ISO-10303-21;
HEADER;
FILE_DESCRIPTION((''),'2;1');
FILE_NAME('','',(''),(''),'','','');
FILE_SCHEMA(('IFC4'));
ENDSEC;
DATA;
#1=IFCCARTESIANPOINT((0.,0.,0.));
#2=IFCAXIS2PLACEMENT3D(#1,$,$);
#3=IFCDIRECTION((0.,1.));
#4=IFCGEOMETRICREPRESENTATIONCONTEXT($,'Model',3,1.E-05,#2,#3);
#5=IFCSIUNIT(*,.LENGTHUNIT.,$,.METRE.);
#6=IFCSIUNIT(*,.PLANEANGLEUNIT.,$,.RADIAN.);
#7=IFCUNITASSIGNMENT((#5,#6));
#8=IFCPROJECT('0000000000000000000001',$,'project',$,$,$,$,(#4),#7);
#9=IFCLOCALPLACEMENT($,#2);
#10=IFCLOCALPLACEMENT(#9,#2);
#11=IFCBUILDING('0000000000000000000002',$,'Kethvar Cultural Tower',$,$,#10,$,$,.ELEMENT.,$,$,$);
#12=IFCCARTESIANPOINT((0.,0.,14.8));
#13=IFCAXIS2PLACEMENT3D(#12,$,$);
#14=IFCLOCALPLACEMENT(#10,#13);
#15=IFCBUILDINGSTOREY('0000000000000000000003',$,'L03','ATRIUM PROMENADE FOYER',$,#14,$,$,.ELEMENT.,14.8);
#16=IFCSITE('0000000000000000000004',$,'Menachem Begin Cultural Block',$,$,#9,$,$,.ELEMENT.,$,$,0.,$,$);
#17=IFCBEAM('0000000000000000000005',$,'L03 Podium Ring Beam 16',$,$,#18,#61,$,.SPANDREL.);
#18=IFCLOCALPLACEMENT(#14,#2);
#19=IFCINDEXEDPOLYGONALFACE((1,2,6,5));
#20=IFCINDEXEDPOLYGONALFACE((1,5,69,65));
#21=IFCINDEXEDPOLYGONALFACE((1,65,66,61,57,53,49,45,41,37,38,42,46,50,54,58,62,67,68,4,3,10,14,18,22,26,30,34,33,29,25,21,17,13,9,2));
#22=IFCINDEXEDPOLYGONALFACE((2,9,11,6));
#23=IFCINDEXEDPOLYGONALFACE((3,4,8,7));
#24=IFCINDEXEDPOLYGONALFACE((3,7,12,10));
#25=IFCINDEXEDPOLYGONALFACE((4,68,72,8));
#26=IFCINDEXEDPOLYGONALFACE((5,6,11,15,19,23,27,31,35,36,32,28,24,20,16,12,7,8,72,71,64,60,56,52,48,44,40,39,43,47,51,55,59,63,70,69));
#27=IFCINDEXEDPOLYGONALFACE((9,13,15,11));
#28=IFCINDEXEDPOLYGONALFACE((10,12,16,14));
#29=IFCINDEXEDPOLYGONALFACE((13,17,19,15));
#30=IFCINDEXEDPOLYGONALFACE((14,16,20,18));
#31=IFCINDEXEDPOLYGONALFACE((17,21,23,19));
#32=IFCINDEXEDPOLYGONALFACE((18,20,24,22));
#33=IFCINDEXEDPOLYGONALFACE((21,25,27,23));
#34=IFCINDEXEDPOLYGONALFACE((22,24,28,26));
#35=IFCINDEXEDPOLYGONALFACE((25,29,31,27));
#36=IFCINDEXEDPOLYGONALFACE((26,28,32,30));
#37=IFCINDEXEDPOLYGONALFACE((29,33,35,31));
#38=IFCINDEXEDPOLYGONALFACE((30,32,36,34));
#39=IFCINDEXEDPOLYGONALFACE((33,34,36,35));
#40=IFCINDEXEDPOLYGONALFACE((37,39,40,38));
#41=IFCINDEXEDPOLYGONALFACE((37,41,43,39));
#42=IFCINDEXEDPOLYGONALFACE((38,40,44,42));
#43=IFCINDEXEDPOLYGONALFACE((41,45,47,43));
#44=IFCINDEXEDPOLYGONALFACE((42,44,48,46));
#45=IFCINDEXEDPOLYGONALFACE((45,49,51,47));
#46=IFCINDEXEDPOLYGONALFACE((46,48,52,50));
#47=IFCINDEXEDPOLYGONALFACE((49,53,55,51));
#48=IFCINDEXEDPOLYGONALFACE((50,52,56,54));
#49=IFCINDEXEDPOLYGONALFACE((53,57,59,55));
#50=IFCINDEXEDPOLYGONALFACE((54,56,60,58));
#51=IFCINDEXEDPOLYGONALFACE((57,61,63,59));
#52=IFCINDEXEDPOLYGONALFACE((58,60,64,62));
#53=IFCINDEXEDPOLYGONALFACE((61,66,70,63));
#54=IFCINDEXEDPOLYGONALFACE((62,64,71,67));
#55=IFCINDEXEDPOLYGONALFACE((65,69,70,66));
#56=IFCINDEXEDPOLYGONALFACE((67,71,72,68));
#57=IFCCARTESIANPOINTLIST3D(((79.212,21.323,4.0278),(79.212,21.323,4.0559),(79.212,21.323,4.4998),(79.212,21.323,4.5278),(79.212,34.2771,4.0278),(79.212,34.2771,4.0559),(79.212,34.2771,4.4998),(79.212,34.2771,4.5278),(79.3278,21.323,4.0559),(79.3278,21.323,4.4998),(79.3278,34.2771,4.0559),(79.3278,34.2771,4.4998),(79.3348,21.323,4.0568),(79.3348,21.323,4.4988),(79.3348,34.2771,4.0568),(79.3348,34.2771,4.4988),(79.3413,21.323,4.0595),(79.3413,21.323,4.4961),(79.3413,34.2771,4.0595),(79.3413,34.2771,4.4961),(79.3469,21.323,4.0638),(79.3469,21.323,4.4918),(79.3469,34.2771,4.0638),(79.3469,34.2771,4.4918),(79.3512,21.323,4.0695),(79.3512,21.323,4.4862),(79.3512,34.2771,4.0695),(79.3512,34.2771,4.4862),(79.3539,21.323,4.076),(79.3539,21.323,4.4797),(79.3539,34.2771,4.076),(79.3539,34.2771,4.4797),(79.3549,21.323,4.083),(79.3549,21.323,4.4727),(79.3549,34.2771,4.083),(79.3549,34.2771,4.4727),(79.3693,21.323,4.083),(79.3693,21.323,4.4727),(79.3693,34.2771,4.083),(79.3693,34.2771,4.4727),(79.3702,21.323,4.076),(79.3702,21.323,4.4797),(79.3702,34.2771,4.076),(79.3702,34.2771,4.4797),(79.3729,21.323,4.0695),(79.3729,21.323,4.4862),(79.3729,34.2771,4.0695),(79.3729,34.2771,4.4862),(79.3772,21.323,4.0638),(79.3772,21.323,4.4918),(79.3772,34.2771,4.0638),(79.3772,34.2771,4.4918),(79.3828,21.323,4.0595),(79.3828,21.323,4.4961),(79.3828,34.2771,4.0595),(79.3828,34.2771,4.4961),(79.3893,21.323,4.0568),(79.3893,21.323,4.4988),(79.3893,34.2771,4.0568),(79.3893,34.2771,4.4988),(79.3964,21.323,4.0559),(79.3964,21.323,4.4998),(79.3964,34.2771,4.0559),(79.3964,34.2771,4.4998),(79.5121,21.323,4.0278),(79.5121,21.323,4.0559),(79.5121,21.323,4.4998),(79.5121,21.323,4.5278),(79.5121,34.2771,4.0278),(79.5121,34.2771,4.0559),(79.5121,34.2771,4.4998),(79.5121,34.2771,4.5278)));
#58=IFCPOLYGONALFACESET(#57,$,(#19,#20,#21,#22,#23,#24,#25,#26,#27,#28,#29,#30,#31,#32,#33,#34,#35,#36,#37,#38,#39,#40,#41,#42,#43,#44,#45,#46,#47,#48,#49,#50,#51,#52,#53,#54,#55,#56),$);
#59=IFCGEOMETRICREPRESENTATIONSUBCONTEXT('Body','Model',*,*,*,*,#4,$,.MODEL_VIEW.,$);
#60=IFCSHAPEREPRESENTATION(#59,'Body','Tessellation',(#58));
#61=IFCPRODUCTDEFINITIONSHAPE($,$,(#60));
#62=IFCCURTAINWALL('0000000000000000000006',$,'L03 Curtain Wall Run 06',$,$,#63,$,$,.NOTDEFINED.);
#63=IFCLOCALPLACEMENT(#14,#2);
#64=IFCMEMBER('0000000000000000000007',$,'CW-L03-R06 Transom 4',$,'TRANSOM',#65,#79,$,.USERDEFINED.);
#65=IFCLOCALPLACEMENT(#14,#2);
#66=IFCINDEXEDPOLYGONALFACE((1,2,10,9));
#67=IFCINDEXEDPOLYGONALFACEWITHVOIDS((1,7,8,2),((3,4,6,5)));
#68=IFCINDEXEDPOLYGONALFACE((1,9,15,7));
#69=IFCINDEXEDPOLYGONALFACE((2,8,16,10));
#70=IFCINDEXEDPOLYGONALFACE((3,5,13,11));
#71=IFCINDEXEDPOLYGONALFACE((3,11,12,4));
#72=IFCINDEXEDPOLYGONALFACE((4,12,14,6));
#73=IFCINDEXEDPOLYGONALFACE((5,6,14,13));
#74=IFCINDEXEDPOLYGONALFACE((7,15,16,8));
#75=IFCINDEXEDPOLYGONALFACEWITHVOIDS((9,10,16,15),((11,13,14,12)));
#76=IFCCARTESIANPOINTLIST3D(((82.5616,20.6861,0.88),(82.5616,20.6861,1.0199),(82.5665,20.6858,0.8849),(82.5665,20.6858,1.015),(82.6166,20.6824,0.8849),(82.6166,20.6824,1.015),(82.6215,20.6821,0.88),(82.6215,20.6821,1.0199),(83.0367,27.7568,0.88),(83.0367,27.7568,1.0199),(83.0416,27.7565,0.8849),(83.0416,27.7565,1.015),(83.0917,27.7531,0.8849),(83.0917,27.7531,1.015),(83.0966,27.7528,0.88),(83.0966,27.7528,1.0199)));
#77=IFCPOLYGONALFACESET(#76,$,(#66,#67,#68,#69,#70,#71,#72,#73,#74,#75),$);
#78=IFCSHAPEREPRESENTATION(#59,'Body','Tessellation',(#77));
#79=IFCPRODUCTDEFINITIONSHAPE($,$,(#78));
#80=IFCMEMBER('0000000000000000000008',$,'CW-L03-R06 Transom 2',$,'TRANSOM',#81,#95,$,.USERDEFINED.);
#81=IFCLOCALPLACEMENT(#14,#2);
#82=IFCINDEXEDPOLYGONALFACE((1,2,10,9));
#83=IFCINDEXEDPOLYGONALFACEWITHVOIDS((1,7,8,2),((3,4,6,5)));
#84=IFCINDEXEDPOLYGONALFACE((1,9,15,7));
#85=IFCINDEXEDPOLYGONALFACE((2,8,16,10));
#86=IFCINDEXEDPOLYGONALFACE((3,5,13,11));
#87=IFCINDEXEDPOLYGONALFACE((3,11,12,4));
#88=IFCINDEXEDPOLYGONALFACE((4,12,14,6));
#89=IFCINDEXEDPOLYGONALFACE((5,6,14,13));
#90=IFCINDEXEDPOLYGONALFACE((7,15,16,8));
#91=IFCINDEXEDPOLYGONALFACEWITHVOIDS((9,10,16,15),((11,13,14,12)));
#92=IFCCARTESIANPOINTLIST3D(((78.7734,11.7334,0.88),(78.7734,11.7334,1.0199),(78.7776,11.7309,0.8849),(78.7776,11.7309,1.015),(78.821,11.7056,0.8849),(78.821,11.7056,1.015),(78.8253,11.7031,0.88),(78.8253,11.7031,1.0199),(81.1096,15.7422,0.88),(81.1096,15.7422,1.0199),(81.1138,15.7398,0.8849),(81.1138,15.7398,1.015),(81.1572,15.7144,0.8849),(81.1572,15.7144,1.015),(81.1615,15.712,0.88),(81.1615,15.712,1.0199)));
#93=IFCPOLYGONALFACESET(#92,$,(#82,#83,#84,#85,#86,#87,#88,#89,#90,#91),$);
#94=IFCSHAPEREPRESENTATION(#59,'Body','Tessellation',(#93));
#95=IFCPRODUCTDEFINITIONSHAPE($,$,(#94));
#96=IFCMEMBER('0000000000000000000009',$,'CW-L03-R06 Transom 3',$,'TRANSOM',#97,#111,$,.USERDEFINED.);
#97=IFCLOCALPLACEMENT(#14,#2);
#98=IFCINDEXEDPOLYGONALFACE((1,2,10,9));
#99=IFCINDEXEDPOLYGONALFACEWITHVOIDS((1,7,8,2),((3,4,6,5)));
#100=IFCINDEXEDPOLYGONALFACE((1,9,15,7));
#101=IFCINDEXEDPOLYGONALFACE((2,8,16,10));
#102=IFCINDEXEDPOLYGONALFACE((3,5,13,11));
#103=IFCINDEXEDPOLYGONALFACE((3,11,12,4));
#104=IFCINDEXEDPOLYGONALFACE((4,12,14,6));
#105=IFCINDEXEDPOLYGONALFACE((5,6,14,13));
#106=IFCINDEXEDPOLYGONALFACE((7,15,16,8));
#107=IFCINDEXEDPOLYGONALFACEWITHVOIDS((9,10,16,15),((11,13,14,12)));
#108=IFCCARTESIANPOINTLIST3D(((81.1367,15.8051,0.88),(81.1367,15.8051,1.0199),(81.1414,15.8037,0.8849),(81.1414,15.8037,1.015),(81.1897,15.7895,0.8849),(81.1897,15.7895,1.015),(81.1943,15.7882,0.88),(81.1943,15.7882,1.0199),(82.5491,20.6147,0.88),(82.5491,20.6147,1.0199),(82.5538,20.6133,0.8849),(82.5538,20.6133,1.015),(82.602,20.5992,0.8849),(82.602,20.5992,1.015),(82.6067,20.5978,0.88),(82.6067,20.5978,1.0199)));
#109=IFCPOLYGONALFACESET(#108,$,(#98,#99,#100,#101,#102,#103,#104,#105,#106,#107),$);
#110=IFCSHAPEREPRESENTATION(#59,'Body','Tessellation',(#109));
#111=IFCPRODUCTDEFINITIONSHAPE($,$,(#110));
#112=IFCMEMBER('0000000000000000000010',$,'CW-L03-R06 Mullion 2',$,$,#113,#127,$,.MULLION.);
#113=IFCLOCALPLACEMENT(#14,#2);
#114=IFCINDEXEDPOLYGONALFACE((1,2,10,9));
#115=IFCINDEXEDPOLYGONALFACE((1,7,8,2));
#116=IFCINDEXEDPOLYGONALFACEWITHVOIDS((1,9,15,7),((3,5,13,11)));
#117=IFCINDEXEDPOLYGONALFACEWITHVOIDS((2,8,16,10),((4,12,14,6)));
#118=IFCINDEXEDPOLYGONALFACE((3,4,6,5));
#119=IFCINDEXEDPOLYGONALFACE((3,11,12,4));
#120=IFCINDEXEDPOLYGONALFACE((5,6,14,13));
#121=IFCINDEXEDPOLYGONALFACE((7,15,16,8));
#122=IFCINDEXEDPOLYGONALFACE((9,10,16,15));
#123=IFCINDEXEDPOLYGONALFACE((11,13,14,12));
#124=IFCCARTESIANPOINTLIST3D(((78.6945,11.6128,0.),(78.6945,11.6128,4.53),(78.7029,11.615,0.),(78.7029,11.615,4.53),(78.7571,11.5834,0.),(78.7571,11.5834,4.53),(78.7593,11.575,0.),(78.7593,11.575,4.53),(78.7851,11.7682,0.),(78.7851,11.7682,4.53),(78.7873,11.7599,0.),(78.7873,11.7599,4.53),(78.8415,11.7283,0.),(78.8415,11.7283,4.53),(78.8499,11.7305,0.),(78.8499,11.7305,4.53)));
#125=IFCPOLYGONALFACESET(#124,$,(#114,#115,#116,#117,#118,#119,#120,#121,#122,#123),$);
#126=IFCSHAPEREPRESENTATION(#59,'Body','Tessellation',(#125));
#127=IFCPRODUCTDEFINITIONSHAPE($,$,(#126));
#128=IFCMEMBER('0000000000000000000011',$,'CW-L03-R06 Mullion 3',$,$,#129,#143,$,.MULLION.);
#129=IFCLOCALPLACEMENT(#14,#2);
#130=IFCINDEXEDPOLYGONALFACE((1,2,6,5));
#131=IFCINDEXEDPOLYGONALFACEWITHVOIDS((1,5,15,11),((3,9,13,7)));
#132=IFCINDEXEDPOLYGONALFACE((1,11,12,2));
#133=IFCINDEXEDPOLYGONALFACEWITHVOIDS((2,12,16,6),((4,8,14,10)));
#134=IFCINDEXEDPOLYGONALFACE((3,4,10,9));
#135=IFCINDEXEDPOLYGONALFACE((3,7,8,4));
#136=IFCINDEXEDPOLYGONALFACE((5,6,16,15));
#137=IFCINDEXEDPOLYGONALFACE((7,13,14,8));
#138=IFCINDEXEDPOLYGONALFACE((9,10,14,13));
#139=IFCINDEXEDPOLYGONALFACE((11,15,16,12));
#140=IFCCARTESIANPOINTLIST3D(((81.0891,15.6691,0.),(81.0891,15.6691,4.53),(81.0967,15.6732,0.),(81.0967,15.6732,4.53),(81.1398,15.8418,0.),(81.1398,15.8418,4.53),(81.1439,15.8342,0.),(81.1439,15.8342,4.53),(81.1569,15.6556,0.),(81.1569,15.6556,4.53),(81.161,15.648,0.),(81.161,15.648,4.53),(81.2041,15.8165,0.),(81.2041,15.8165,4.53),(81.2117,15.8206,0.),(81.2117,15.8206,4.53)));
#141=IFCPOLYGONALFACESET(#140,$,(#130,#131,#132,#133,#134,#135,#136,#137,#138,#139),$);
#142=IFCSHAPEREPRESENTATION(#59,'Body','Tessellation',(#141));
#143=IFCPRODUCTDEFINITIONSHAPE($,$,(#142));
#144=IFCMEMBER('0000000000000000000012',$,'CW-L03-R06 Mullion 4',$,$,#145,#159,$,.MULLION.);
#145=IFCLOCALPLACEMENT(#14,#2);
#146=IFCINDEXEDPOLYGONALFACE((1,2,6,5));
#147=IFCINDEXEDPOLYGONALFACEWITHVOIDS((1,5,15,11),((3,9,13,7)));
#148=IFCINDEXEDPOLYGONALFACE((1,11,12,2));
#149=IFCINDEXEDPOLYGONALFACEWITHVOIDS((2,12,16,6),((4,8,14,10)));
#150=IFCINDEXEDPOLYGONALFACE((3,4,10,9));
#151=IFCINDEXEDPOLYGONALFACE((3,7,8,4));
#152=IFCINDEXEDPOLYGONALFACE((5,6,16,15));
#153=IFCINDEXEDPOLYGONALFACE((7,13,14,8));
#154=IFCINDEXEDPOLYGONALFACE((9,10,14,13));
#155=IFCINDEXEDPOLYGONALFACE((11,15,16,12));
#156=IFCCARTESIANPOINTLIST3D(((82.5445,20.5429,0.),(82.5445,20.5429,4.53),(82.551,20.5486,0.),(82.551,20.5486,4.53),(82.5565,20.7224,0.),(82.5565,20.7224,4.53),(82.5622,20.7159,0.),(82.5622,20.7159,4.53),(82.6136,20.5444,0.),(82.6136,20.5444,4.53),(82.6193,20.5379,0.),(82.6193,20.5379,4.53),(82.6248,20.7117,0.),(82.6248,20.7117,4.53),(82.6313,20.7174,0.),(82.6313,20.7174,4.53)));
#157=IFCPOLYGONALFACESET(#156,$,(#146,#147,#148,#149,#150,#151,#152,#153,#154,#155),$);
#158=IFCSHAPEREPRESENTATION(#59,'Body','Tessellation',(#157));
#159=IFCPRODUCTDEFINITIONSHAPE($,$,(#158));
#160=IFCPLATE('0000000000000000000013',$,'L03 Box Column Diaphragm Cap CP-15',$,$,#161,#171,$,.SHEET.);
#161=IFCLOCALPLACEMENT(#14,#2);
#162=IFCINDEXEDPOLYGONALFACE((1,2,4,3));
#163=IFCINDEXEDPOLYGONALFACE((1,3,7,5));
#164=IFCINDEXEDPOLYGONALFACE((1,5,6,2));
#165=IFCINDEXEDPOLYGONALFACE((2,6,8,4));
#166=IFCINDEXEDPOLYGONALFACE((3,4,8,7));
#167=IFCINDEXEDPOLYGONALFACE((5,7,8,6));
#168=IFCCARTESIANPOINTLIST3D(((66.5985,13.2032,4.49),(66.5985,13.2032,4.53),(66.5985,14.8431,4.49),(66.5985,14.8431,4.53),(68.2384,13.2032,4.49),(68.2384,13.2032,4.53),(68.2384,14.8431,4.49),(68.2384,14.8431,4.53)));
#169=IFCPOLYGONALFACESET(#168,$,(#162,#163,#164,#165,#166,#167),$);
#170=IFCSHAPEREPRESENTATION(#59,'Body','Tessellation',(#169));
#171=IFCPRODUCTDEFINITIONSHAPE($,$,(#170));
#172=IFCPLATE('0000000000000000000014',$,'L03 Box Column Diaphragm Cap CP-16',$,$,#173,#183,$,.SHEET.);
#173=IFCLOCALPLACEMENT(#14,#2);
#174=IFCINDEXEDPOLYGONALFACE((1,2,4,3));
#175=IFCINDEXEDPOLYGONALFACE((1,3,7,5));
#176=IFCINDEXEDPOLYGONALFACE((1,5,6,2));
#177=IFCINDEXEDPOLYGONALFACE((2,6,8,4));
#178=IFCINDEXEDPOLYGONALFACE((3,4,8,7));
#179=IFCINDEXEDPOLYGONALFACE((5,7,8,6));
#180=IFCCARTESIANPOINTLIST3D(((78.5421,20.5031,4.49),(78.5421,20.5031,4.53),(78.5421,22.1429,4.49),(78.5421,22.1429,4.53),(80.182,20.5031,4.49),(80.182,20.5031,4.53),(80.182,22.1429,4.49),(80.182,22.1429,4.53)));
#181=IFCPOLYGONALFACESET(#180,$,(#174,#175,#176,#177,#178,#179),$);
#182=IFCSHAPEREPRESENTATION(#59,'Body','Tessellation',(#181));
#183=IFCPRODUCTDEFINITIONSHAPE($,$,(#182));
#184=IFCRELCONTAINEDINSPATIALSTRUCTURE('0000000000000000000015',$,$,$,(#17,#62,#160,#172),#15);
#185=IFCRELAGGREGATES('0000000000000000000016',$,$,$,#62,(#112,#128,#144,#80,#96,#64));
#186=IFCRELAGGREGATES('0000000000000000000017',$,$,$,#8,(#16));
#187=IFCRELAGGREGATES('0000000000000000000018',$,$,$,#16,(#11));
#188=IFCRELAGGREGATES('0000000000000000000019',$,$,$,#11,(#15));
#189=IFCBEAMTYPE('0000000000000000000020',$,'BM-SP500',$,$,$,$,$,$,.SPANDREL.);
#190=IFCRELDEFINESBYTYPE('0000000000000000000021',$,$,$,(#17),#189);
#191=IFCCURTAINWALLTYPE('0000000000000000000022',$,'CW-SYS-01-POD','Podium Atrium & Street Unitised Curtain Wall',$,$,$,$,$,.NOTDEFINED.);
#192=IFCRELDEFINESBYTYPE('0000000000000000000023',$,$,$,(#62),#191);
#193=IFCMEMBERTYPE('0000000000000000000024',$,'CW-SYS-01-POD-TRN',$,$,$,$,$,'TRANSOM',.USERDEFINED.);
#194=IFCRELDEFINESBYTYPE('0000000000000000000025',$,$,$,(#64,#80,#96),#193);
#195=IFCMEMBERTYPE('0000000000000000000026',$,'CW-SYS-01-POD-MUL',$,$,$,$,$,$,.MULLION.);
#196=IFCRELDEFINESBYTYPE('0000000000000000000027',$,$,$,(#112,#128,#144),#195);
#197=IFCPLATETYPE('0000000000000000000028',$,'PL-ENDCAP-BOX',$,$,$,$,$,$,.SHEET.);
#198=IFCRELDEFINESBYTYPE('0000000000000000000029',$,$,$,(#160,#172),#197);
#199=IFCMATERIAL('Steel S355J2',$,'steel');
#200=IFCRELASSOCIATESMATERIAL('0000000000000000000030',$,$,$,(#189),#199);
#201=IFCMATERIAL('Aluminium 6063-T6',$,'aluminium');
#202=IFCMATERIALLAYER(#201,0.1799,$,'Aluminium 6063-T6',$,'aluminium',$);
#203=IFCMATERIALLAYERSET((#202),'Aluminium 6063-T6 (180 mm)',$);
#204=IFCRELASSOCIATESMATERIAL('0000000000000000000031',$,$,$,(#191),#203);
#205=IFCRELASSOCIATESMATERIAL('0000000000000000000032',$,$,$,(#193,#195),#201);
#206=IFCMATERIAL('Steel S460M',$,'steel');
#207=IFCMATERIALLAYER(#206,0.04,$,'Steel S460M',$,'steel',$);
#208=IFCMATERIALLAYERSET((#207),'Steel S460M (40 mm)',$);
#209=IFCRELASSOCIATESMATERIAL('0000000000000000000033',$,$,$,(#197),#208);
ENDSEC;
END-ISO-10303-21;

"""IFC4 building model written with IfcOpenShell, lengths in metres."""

from ifc_helpers import new_model, si_unit, direction, frame, origin, origin_2d, place, context, subcontext, project, spatial, rectangle, hollow_rectangle, i_section, extrude, source, transform, mapped, material, layer, layer_set, material_profile, profile_set, type_object, element, aggregate, save


model = new_model("IFC4")

# Units and contexts
model_context = context("Model", 3, precision=1e-05, world=origin(), true_north=direction((0.0, 1.0)))
body_context = subcontext(model_context, "Body", "Model", "MODEL_VIEW")
ifc_project = project(units=[si_unit("LENGTHUNIT", "METRE"), si_unit("PLANEANGLEUNIT", "RADIAN")], contexts=[model_context])

# Site, building, storey
site_placement = place(None, origin())
site = spatial("IfcSite", under=ifc_project, at=site_placement, Name="Menachem Begin Cultural Block", CompositionType="ELEMENT", RefElevation=0.0)
building_placement = place(site_placement, origin())
building = spatial("IfcBuilding", under=site, at=building_placement, Name="Kethvar Cultural Tower", CompositionType="ELEMENT")
storey_placement = place(building_placement, frame((0.0, 0.0, 14.8)))
storey = spatial("IfcBuildingStorey", under=building, at=storey_placement, Name="L03", Description="ATRIUM PROMENADE FOYER", CompositionType="ELEMENT", Elevation=14.8)

# Shared definitions
ifc_material_1 = material(Name="Steel S460M", Category="steel")

# Beam
ifc_material_2 = material(Name="Steel S355J2", Category="steel")
ifc_material_profile_1 = material_profile(ifc_material_2, i_section(OverallWidth=0.3, OverallDepth=0.5, WebThickness=0.0144, FlangeThickness=0.0281, FilletRadius=0.0271, at=origin_2d()), Name="Steel S355J2 — HEB500")
ifc_profile_set_1 = profile_set([ifc_material_profile_1], Name="Steel S355J2 — HEB500")
beam_type = type_object("IfcBeamType", Name="BM-SP500", PredefinedType="SPANDREL", material=ifc_profile_set_1)
shared_shape_1 = source(origin(), body_context, "Body", "SweptSolid", [
    extrude(i_section(OverallWidth=0.3, OverallDepth=0.5, WebThickness=0.0144, FlangeThickness=0.0281, FilletRadius=0.0271, at=origin_2d()), origin(), (0.0, 0.0, 1.0), 12.9541),
])
beam_1_placement = place(storey_placement, frame((79.3621, 21.323, 4.2778), z_axis=(0.0, 1.0, 0.0), x_axis=(-1.0, 0.0, 0.0)))
element("IfcBeam", 1, at=beam_1_placement, inside=storey, type_object=beam_type, Name="L03 Podium Ring Beam 16", PredefinedType="SPANDREL", context=body_context, shape_type="MappedRepresentation", body=[
    mapped(shared_shape_1, transform((0.0, 0.0, 0.0), scale=1.0)),
])

# Curtain wall, members
ifc_material_3 = material(Name="Aluminium 6063-T6", Category="aluminium")
ifc_layer_1 = layer(ifc_material_3, 0.1799, Name="Aluminium 6063-T6", Category="aluminium")
ifc_layer_set_1 = layer_set([ifc_layer_1], Name="Aluminium 6063-T6 (180 mm)")
curtain_wall_type = type_object("IfcCurtainWallType", Name="CW-SYS-01-POD", Description="Podium Atrium & Street Unitised Curtain Wall", PredefinedType="NOTDEFINED", material=ifc_layer_set_1)
curtain_wall_placement = place(storey_placement, origin())
curtain_wall = element("IfcCurtainWall", 2, at=curtain_wall_placement, inside=storey, type_object=curtain_wall_type, Name="L03 Curtain Wall Run 06", PredefinedType="NOTDEFINED")
ifc_material_profile_2 = material_profile(ifc_material_3, hollow_rectangle(XDim=0.0601, YDim=0.1399, WallThickness=0.0049, at=origin_2d()), Name="Aluminium 6063-T6 — RHS140x60x5")
ifc_profile_set_2 = profile_set([ifc_material_profile_2], Name="Aluminium 6063-T6 — RHS140x60x5")
member_type_1 = type_object("IfcMemberType", Name="CW-SYS-01-POD-TRN", ElementType="TRANSOM", PredefinedType="USERDEFINED", material=ifc_profile_set_2)
shared_shape_2 = source(origin(), body_context, "Body", "SweptSolid", [
    extrude(hollow_rectangle(XDim=0.0601, YDim=0.1399, WallThickness=0.0049, at=origin_2d()), origin(), (0.0, 0.0, 1.0), 7.0867),
])
member_1_placement = place(storey_placement, frame((82.5916, 20.6841, 0.95), z_axis=(0.06704, 0.99775, 0.0), x_axis=(-0.99775, 0.06704, 0.0)))
member_1 = element("IfcMember", 3, at=member_1_placement, type_object=member_type_1, Name="CW-L03-R06 Transom 4", ObjectType="TRANSOM", PredefinedType="USERDEFINED", context=body_context, shape_type="MappedRepresentation", body=[
    mapped(shared_shape_2, transform((0.0, 0.0, 0.0), scale=1.0)),
])
shared_shape_3 = source(origin(), body_context, "Body", "SweptSolid", [
    extrude(hollow_rectangle(XDim=0.0601, YDim=0.1399, WallThickness=0.0049, at=origin_2d()), origin(), (0.0, 0.0, 1.0), 4.6399),
])
member_2_placement = place(storey_placement, frame((78.7993, 11.7183, 0.95), z_axis=(0.503505, 0.863993, 0.0), x_axis=(-0.863993, 0.503505, 0.0)))
member_2 = element("IfcMember", 4, at=member_2_placement, type_object=member_type_1, Name="CW-L03-R06 Transom 2", ObjectType="TRANSOM", PredefinedType="USERDEFINED", context=body_context, shape_type="MappedRepresentation", body=[
    mapped(shared_shape_3, transform((0.0, 0.0, 0.0), scale=1.0)),
])
shared_shape_4 = source(origin(), body_context, "Body", "SweptSolid", [
    extrude(hollow_rectangle(XDim=0.0601, YDim=0.1399, WallThickness=0.0049, at=origin_2d()), origin(), (0.0, 0.0, 1.0), 5.0127),
])
member_3_placement = place(storey_placement, frame((81.1655, 15.7966, 0.95), z_axis=(0.281758, 0.959486, 0.0), x_axis=(-0.959486, 0.281758, 0.0)))
member_3 = element("IfcMember", 5, at=member_3_placement, type_object=member_type_1, Name="CW-L03-R06 Transom 3", ObjectType="TRANSOM", PredefinedType="USERDEFINED", context=body_context, shape_type="MappedRepresentation", body=[
    mapped(shared_shape_4, transform((0.0, 0.0, 0.0), scale=1.0)),
])
ifc_material_profile_3 = material_profile(ifc_material_3, hollow_rectangle(XDim=0.075, YDim=0.1799, WallThickness=0.0061, at=origin_2d()), Name="Aluminium 6063-T6 — RHS180x75x6")
ifc_profile_set_3 = profile_set([ifc_material_profile_3], Name="Aluminium 6063-T6 — RHS180x75x6")
member_type_2 = type_object("IfcMemberType", Name="CW-SYS-01-POD-MUL", PredefinedType="MULLION", material=ifc_profile_set_3)
shared_shape_5 = source(origin(), body_context, "Body", "SweptSolid", [
    extrude(hollow_rectangle(XDim=0.075, YDim=0.1799, WallThickness=0.0061, at=origin_2d()), origin(), (0.0, 0.0, 1.0), 4.53),
])
member_4_placement = place(storey_placement, frame((78.7722, 11.6716, 0.0), z_axis=(0.0, 0.0, 1.0), x_axis=(-0.863985, 0.503518, 0.0)))
member_4 = element("IfcMember", 6, at=member_4_placement, type_object=member_type_2, Name="CW-L03-R06 Mullion 2", PredefinedType="MULLION", context=body_context, shape_type="MappedRepresentation", body=[
    mapped(shared_shape_5, transform((0.0, 0.0, 0.0), scale=1.0)),
])
member_5_placement = place(storey_placement, frame((81.1504, 15.7449, 0.0), z_axis=(0.0, 0.0, 1.0), x_axis=(-0.959496, 0.281722, 0.0)))
member_5 = element("IfcMember", 7, at=member_5_placement, type_object=member_type_2, Name="CW-L03-R06 Mullion 3", PredefinedType="MULLION", context=body_context, shape_type="MappedRepresentation", body=[
    mapped(shared_shape_5, transform((0.0, 0.0, 0.0), scale=1.0)),
])
member_6_placement = place(storey_placement, frame((82.5879, 20.6301, 0.0), z_axis=(0.0, 0.0, 1.0), x_axis=(-0.99775, 0.06704, 0.0)))
member_6 = element("IfcMember", 8, at=member_6_placement, type_object=member_type_2, Name="CW-L03-R06 Mullion 4", PredefinedType="MULLION", context=body_context, shape_type="MappedRepresentation", body=[
    mapped(shared_shape_5, transform((0.0, 0.0, 0.0), scale=1.0)),
])

# Plates
ifc_layer_2 = layer(ifc_material_1, 0.04, Name="Steel S460M", Category="steel")
ifc_layer_set_2 = layer_set([ifc_layer_2], Name="Steel S460M (40 mm)")
plate_type_1 = type_object("IfcPlateType", Name="PL-ENDCAP-BOX", PredefinedType="SHEET", material=ifc_layer_set_2)
shared_shape_6 = source(origin(), body_context, "Body", "SweptSolid", [
    extrude(rectangle(XDim=1.6399, YDim=1.6399, at=origin_2d()), origin(), (0.0, 0.0, 1.0), 0.04),
])
for number, where, z_axis, x_axis, name in (
    (9, (67.4185, 14.0232, 4.49), (0.0, 0.0, 1.0), (1.0, 0.0, 0.0), "L03 Box Column Diaphragm Cap CP-15"),
    (10, (79.3621, 21.323, 4.49), (0.0, 0.0, 1.0), (1.0, 0.0, 0.0), "L03 Box Column Diaphragm Cap CP-16"),
):
    element("IfcPlate", number, at=place(storey_placement, frame(where, z_axis=z_axis, x_axis=x_axis)), inside=storey, type_object=plate_type_1, Name=name, PredefinedType="SHEET", context=body_context, shape_type="MappedRepresentation", body=[
        mapped(shared_shape_6, transform((0.0, 0.0, 0.0), scale=1.0)),
    ])

aggregate(curtain_wall, [member_4, member_5, member_6, member_2, member_3, member_1])

save(model, "model.ifc")
